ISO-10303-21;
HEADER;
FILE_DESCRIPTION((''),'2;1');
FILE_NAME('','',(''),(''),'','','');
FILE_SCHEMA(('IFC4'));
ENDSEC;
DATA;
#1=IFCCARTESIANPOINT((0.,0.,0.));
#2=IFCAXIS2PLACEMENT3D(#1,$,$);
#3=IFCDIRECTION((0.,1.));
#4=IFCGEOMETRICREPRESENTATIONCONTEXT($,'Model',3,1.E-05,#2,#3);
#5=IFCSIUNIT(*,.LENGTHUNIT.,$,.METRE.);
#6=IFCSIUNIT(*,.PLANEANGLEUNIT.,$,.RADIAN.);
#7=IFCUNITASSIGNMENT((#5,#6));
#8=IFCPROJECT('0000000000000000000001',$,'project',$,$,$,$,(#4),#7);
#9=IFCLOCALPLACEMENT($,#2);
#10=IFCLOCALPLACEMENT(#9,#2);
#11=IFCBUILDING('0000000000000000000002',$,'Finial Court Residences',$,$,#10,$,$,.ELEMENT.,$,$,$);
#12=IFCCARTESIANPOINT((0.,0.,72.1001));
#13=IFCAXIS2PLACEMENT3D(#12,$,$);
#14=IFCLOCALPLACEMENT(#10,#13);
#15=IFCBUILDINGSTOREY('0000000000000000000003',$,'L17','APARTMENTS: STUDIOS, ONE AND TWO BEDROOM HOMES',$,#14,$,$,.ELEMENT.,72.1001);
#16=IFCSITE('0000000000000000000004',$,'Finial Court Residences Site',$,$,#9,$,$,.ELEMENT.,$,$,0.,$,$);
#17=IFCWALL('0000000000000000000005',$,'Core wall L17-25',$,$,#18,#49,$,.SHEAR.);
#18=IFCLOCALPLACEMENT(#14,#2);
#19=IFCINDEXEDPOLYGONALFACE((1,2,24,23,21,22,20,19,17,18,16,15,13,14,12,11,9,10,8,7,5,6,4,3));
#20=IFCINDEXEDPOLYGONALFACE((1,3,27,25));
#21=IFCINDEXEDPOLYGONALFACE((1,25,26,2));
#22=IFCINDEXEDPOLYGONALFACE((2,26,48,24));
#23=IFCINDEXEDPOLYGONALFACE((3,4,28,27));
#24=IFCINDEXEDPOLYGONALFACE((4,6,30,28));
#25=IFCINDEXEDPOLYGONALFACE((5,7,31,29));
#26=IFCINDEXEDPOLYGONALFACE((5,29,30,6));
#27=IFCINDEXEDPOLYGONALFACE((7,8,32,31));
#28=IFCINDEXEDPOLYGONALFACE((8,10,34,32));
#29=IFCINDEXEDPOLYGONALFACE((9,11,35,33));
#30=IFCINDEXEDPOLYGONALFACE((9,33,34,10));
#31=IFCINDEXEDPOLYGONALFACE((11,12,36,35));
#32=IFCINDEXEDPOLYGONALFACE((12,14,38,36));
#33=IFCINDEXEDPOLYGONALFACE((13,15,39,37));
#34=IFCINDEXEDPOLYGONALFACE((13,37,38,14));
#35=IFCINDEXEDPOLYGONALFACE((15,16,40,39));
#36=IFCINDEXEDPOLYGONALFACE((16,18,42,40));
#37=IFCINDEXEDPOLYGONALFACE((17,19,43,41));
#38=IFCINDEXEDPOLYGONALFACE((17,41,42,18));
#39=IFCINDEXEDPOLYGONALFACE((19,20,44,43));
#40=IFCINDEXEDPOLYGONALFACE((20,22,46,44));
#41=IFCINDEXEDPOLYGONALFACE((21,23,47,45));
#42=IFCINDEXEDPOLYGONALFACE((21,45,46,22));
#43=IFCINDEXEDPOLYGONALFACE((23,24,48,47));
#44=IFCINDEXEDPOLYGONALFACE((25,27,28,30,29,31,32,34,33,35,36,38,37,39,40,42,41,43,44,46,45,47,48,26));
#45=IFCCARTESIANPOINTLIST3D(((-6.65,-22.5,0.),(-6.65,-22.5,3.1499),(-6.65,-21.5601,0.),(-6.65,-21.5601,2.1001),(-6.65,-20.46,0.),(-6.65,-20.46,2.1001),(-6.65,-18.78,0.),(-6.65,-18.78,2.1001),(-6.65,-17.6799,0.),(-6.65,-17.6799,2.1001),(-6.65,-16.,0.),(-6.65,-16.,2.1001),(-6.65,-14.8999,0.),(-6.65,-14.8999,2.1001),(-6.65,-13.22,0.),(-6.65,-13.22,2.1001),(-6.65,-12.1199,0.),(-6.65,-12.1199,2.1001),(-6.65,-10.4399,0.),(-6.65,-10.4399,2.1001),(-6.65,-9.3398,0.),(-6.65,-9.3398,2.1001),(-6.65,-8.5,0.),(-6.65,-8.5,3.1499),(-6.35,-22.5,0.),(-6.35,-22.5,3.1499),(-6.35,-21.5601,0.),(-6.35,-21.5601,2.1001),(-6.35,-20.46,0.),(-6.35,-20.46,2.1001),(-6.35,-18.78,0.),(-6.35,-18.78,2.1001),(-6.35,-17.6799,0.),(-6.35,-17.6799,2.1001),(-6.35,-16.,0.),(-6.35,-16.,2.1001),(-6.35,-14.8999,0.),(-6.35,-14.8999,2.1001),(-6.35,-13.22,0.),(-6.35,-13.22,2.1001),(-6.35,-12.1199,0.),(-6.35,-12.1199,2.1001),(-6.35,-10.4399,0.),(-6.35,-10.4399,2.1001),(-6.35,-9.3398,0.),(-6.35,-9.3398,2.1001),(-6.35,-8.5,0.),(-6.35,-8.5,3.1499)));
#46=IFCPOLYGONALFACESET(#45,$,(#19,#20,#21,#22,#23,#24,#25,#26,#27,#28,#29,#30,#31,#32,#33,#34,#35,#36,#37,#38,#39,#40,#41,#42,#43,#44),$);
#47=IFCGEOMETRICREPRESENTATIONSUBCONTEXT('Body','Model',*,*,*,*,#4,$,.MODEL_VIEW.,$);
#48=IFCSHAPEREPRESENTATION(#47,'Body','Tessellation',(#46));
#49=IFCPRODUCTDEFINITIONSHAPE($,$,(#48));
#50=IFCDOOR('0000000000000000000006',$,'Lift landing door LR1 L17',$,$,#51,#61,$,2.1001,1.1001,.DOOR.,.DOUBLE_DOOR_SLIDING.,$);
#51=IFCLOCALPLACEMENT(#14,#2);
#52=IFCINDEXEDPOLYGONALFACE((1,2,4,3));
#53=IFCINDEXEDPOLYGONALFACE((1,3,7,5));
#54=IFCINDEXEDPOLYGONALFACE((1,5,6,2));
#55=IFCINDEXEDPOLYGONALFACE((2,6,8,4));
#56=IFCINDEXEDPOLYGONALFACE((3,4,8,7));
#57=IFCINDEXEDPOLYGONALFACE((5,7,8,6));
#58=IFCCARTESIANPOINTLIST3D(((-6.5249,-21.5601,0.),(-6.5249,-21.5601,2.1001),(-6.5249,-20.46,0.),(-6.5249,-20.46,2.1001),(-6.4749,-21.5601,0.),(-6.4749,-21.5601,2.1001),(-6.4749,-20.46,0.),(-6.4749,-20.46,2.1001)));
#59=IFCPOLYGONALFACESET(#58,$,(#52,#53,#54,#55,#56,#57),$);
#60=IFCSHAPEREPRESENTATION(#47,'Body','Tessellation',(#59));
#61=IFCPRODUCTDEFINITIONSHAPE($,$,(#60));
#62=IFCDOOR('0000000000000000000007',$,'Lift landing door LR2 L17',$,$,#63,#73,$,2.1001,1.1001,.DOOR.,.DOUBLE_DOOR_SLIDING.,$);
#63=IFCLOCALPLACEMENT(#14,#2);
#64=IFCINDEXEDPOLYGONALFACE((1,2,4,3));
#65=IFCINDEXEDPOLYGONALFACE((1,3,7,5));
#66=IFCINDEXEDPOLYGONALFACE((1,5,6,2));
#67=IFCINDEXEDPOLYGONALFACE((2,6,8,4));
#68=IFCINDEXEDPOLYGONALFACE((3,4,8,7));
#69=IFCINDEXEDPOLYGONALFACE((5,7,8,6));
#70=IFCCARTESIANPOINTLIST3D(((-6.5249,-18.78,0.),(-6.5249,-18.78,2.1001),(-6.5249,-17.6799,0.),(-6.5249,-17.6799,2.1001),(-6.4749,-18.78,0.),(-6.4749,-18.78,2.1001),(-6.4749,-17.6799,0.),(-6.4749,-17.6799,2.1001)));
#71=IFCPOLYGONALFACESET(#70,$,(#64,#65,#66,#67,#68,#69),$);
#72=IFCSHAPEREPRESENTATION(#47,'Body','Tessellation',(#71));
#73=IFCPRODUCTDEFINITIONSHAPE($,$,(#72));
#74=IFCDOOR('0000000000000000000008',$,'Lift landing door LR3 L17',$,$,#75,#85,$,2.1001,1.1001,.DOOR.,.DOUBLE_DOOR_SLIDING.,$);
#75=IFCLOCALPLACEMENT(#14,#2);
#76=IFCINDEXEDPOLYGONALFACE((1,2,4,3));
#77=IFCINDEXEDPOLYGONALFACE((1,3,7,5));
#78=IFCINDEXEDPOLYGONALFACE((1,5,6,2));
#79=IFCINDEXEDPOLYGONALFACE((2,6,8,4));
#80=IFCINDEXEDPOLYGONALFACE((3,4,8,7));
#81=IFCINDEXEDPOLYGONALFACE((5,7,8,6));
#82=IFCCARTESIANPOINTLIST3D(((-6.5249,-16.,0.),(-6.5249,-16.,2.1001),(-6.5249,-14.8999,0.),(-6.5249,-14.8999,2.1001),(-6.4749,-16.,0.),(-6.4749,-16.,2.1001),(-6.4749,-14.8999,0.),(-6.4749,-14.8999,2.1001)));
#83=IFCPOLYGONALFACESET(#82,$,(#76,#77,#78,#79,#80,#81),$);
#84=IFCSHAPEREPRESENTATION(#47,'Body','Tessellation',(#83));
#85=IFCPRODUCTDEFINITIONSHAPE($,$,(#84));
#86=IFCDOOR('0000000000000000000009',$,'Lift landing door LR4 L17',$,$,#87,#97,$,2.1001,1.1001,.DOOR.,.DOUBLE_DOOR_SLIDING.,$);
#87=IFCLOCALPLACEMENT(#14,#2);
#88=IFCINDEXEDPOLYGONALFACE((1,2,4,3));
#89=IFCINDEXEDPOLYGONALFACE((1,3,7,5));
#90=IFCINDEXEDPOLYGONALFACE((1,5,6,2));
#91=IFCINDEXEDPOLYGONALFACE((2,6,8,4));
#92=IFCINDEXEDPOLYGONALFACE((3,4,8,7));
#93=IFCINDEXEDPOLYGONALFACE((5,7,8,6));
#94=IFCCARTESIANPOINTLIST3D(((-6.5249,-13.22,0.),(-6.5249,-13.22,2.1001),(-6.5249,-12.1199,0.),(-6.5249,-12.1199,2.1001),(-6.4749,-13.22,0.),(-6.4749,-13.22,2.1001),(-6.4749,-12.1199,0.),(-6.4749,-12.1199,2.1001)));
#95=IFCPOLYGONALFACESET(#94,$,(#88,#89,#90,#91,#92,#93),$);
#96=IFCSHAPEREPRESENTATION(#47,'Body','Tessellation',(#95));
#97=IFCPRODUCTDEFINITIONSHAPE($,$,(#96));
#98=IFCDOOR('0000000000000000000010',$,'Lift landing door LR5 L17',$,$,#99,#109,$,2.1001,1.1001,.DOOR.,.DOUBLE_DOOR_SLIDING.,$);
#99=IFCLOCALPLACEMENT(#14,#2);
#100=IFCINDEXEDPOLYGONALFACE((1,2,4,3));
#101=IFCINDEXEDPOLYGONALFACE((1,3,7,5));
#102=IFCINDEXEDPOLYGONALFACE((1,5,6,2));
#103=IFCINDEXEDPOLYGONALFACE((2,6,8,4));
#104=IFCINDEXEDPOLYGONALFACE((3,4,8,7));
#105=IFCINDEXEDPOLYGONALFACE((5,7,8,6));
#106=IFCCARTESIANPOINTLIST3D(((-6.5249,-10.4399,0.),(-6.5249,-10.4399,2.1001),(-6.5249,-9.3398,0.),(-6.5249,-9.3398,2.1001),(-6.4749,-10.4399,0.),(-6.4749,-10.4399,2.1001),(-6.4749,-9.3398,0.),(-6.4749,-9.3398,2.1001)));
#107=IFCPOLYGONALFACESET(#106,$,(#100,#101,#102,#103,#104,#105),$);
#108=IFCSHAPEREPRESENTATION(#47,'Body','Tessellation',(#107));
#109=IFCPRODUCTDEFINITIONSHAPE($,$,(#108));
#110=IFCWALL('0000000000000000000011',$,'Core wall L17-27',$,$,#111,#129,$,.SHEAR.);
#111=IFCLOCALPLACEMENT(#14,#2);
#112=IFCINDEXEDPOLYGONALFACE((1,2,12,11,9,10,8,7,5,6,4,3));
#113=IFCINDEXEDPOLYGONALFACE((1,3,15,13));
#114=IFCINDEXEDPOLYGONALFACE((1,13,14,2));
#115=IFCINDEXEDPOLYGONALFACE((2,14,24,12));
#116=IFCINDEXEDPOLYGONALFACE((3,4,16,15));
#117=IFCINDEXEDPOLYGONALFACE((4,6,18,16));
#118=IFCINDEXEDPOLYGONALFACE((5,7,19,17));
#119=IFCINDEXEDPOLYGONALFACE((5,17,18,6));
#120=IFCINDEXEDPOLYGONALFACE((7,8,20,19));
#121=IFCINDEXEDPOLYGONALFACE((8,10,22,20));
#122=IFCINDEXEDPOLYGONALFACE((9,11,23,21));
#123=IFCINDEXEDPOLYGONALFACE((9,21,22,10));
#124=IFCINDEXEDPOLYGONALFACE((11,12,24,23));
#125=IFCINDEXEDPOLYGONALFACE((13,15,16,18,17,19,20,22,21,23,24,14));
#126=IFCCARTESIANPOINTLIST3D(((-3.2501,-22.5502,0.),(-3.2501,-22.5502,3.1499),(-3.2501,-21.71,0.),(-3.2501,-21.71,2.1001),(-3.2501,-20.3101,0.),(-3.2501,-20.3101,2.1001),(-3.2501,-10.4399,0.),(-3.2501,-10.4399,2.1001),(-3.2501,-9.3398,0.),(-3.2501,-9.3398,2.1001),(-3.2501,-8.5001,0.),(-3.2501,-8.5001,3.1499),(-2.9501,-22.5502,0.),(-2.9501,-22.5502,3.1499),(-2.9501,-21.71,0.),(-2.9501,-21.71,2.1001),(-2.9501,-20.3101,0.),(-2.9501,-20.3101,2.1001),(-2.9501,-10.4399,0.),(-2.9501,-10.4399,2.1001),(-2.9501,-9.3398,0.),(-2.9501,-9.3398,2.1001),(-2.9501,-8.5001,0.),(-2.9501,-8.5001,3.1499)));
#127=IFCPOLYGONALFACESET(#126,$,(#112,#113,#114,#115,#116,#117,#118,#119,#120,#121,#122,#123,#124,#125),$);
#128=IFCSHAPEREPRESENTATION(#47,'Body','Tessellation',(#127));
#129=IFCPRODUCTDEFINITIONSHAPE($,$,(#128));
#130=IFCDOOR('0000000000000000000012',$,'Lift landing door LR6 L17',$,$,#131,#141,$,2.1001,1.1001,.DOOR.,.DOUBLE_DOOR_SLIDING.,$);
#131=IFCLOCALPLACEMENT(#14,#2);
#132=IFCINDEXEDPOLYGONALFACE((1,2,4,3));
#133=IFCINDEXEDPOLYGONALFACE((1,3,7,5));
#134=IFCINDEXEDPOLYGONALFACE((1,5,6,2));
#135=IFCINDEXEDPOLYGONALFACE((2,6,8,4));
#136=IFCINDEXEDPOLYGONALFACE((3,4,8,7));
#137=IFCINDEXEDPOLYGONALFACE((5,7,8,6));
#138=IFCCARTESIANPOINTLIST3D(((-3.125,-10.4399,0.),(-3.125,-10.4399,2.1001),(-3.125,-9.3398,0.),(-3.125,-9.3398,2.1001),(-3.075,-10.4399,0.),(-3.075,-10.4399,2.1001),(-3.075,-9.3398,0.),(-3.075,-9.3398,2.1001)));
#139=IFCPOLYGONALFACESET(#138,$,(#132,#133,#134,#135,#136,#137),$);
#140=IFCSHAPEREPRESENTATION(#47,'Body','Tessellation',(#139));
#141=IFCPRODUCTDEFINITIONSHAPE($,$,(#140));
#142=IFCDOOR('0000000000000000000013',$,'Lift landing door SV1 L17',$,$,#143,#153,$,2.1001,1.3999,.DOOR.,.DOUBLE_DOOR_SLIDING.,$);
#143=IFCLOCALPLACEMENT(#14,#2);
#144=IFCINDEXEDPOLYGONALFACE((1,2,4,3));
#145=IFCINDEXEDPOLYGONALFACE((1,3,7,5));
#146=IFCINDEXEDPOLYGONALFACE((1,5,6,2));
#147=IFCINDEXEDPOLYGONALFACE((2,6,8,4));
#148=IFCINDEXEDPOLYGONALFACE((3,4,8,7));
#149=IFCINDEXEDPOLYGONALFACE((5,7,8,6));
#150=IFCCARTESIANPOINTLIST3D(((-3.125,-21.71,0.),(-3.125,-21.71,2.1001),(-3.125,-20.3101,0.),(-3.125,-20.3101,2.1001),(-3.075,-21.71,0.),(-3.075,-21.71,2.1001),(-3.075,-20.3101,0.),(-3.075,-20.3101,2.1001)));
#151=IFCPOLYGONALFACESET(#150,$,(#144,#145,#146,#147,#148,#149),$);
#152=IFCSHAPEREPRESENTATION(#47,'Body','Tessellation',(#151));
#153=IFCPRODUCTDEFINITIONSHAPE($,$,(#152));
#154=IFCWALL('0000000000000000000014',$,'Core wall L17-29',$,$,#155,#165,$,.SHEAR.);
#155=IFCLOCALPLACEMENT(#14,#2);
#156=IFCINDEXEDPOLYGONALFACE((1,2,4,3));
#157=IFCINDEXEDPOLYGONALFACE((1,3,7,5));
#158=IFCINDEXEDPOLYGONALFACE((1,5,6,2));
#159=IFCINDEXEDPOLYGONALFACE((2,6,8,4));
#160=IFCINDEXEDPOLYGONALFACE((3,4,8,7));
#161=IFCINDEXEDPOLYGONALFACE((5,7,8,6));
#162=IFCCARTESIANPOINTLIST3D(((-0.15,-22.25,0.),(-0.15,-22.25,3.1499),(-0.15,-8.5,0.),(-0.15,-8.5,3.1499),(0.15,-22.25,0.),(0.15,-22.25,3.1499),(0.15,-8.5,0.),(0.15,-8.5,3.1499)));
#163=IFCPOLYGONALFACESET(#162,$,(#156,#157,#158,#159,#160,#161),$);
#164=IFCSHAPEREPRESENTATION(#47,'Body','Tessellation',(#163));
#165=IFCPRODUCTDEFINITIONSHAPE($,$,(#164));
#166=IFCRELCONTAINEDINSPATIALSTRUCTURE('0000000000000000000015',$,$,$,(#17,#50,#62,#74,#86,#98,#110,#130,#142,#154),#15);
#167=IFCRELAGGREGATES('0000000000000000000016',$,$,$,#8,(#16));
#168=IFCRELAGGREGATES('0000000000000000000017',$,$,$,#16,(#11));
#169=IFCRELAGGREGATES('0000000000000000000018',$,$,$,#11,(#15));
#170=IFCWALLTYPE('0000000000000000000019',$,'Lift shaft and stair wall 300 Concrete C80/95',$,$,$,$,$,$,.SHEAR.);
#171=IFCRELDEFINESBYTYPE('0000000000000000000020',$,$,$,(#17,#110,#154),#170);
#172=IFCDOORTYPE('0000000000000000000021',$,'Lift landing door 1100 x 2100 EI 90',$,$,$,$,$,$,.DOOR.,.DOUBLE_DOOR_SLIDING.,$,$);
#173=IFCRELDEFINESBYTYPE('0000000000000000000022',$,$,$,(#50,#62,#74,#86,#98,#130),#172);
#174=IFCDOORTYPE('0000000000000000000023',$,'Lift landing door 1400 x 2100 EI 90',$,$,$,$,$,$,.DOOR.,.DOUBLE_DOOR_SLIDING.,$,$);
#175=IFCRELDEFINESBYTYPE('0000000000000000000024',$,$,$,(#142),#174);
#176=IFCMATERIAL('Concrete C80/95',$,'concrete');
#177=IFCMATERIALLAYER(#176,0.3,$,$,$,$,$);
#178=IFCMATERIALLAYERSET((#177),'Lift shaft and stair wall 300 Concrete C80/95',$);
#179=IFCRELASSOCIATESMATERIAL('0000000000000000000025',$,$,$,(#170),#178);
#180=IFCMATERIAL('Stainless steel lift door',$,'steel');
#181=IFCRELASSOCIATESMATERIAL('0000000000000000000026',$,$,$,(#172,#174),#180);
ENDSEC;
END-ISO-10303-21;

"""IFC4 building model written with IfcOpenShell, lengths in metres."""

from ifc_helpers import new_model, si_unit, direction, frame, frame_2d, origin, place, context, subcontext, project, spatial, rectangle, extrude, material, layer, layer_set, type_object, element, fill, save


model = new_model("IFC4")

# Units and contexts
model_context = context("Model", 3, precision=1e-05, world=origin(), true_north=direction((0.0, 1.0)))
body_context = subcontext(model_context, "Body", "Model", "MODEL_VIEW")
ifc_project = project(units=[si_unit("LENGTHUNIT", "METRE"), si_unit("PLANEANGLEUNIT", "RADIAN")], contexts=[model_context])

# Site, building, storey
site_placement = place(None, origin())
site = spatial("IfcSite", under=ifc_project, at=site_placement, Name="Finial Court Residences Site", CompositionType="ELEMENT", RefElevation=0.0)
building_placement = place(site_placement, origin())
building = spatial("IfcBuilding", under=site, at=building_placement, Name="Finial Court Residences", CompositionType="ELEMENT")
storey_placement = place(building_placement, frame((0.0, 0.0, 72.1001)))
storey = spatial("IfcBuildingStorey", under=building, at=storey_placement, Name="L17", Description="APARTMENTS: STUDIOS, ONE AND TWO BEDROOM HOMES", CompositionType="ELEMENT", Elevation=72.1001)

# Shared definitions
ifc_material_1 = material(Name="Concrete C80/95", Category="concrete")
ifc_layer_1 = layer(ifc_material_1, 0.3)
ifc_layer_set_1 = layer_set([ifc_layer_1], Name="Lift shaft and stair wall 300 Concrete C80/95")
wall_type_1 = type_object("IfcWallType", Name="Lift shaft and stair wall 300 Concrete C80/95", PredefinedType="SHEAR", material=ifc_layer_set_1)

# Walls, openings, doors
wall_1_placement = place(storey_placement, frame((-6.5, -22.5, 0.0), z_axis=(0.0, 0.0, 1.0), x_axis=(0.0, 1.0, 0.0)))
wall_1 = element("IfcWall", 1, at=wall_1_placement, inside=storey, type_object=wall_type_1, Name="Core wall L17-25", PredefinedType="SHEAR", context=body_context, shape_type="SweptSolid", body=[
    extrude(rectangle(XDim=14.0, YDim=0.3, at=frame_2d((7.0, 0.0))), origin(), (0.0, 0.0, 1.0), 3.1499),
])
opening_1_placement = place(wall_1_placement, frame((0.9399, 0.0, 0.0)))
opening_1 = element("IfcOpeningElement", 2, at=opening_1_placement, cuts=wall_1, PredefinedType="OPENING", context=body_context, shape_type="SweptSolid", body=[
    extrude(rectangle(XDim=1.1001, YDim=2.1001, at=frame_2d((0.55, 1.05))), frame((0.0, 0.1599, 0.0), z_axis=(0.0, -1.0, 0.0), x_axis=(1.0, 0.0, 0.0)), (0.0, 0.0, 1.0), 0.3201),
])
opening_2_placement = place(wall_1_placement, frame((3.72, 0.0, 0.0)))
opening_2 = element("IfcOpeningElement", 3, at=opening_2_placement, cuts=wall_1, PredefinedType="OPENING", context=body_context, shape_type="SweptSolid", body=[
    extrude(rectangle(XDim=1.1001, YDim=2.1001, at=frame_2d((0.55, 1.05))), frame((0.0, 0.1599, 0.0), z_axis=(0.0, -1.0, 0.0), x_axis=(1.0, 0.0, 0.0)), (0.0, 0.0, 1.0), 0.3201),
])
opening_3_placement = place(wall_1_placement, frame((6.5, 0.0, 0.0)))
opening_3 = element("IfcOpeningElement", 4, at=opening_3_placement, cuts=wall_1, PredefinedType="OPENING", context=body_context, shape_type="SweptSolid", body=[
    extrude(rectangle(XDim=1.1001, YDim=2.1001, at=frame_2d((0.55, 1.05))), frame((0.0, 0.1599, 0.0), z_axis=(0.0, -1.0, 0.0), x_axis=(1.0, 0.0, 0.0)), (0.0, 0.0, 1.0), 0.3201),
])
opening_4_placement = place(wall_1_placement, frame((9.28, 0.0, 0.0)))
opening_4 = element("IfcOpeningElement", 5, at=opening_4_placement, cuts=wall_1, PredefinedType="OPENING", context=body_context, shape_type="SweptSolid", body=[
    extrude(rectangle(XDim=1.1001, YDim=2.1001, at=frame_2d((0.55, 1.05))), frame((0.0, 0.1599, 0.0), z_axis=(0.0, -1.0, 0.0), x_axis=(1.0, 0.0, 0.0)), (0.0, 0.0, 1.0), 0.3201),
])
opening_5_placement = place(wall_1_placement, frame((12.0601, 0.0, 0.0)))
opening_5 = element("IfcOpeningElement", 6, at=opening_5_placement, cuts=wall_1, PredefinedType="OPENING", context=body_context, shape_type="SweptSolid", body=[
    extrude(rectangle(XDim=1.1001, YDim=2.1001, at=frame_2d((0.55, 1.05))), frame((0.0, 0.1599, 0.0), z_axis=(0.0, -1.0, 0.0), x_axis=(1.0, 0.0, 0.0)), (0.0, 0.0, 1.0), 0.3201),
])
ifc_material_2 = material(Name="Stainless steel lift door", Category="steel")
door_type_1 = type_object("IfcDoorType", Name="Lift landing door 1100 x 2100 EI 90", OperationType="DOUBLE_DOOR_SLIDING", PredefinedType="DOOR", material=ifc_material_2)
door_1_placement = place(opening_1_placement, origin())
door_1 = element("IfcDoor", 7, at=door_1_placement, inside=storey, type_object=door_type_1, Name="Lift landing door LR1 L17", OperationType="DOUBLE_DOOR_SLIDING", OverallHeight=2.1001, OverallWidth=1.1001, PredefinedType="DOOR", context=body_context, shape_type="SweptSolid", body=[
    extrude(rectangle(XDim=1.1001, YDim=2.1001, at=frame_2d((0.55, 1.05))), frame((0.0, 0.0249, 0.0), z_axis=(0.0, -1.0, 0.0), x_axis=(1.0, 0.0, 0.0)), (0.0, 0.0, 1.0), 0.05),
])
fill(opening_1, door_1)
door_2_placement = place(opening_2_placement, origin())
door_2 = element("IfcDoor", 8, at=door_2_placement, inside=storey, type_object=door_type_1, Name="Lift landing door LR2 L17", OperationType="DOUBLE_DOOR_SLIDING", OverallHeight=2.1001, OverallWidth=1.1001, PredefinedType="DOOR", context=body_context, shape_type="SweptSolid", body=[
    extrude(rectangle(XDim=1.1001, YDim=2.1001, at=frame_2d((0.55, 1.05))), frame((0.0, 0.0249, 0.0), z_axis=(0.0, -1.0, 0.0), x_axis=(1.0, 0.0, 0.0)), (0.0, 0.0, 1.0), 0.05),
])
fill(opening_2, door_2)
door_3_placement = place(opening_3_placement, origin())
door_3 = element("IfcDoor", 9, at=door_3_placement, inside=storey, type_object=door_type_1, Name="Lift landing door LR3 L17", OperationType="DOUBLE_DOOR_SLIDING", OverallHeight=2.1001, OverallWidth=1.1001, PredefinedType="DOOR", context=body_context, shape_type="SweptSolid", body=[
    extrude(rectangle(XDim=1.1001, YDim=2.1001, at=frame_2d((0.55, 1.05))), frame((0.0, 0.0249, 0.0), z_axis=(0.0, -1.0, 0.0), x_axis=(1.0, 0.0, 0.0)), (0.0, 0.0, 1.0), 0.05),
])
fill(opening_3, door_3)
door_4_placement = place(opening_4_placement, origin())
door_4 = element("IfcDoor", 10, at=door_4_placement, inside=storey, type_object=door_type_1, Name="Lift landing door LR4 L17", OperationType="DOUBLE_DOOR_SLIDING", OverallHeight=2.1001, OverallWidth=1.1001, PredefinedType="DOOR", context=body_context, shape_type="SweptSolid", body=[
    extrude(rectangle(XDim=1.1001, YDim=2.1001, at=frame_2d((0.55, 1.05))), frame((0.0, 0.0249, 0.0), z_axis=(0.0, -1.0, 0.0), x_axis=(1.0, 0.0, 0.0)), (0.0, 0.0, 1.0), 0.05),
])
fill(opening_4, door_4)
door_5_placement = place(opening_5_placement, origin())
door_5 = element("IfcDoor", 11, at=door_5_placement, inside=storey, type_object=door_type_1, Name="Lift landing door LR5 L17", OperationType="DOUBLE_DOOR_SLIDING", OverallHeight=2.1001, OverallWidth=1.1001, PredefinedType="DOOR", context=body_context, shape_type="SweptSolid", body=[
    extrude(rectangle(XDim=1.1001, YDim=2.1001, at=frame_2d((0.55, 1.05))), frame((0.0, 0.0249, 0.0), z_axis=(0.0, -1.0, 0.0), x_axis=(1.0, 0.0, 0.0)), (0.0, 0.0, 1.0), 0.05),
])
fill(opening_5, door_5)
wall_2_placement = place(storey_placement, frame((-3.1001, -22.55, 0.0), z_axis=(0.0, 0.0, 1.0), x_axis=(0.0, 1.0, 0.0)))
wall_2 = element("IfcWall", 12, at=wall_2_placement, inside=storey, type_object=wall_type_1, Name="Core wall L17-27", PredefinedType="SHEAR", context=body_context, shape_type="SweptSolid", body=[
    extrude(rectangle(XDim=14.05, YDim=0.3, at=frame_2d((7.0249, 0.0))), origin(), (0.0, 0.0, 1.0), 3.1499),
])
opening_6_placement = place(wall_2_placement, frame((12.1101, 0.0, 0.0)))
opening_6 = element("IfcOpeningElement", 13, at=opening_6_placement, cuts=wall_2, PredefinedType="OPENING", context=body_context, shape_type="SweptSolid", body=[
    extrude(rectangle(XDim=1.1001, YDim=2.1001, at=frame_2d((0.55, 1.05))), frame((0.0, 0.1599, 0.0), z_axis=(0.0, -1.0, 0.0), x_axis=(1.0, 0.0, 0.0)), (0.0, 0.0, 1.0), 0.3201),
])
opening_7_placement = place(wall_2_placement, frame((0.8401, 0.0, 0.0)))
opening_7 = element("IfcOpeningElement", 14, at=opening_7_placement, cuts=wall_2, PredefinedType="OPENING", context=body_context, shape_type="SweptSolid", body=[
    extrude(rectangle(XDim=1.3999, YDim=2.1001, at=frame_2d((0.7, 1.05))), frame((0.0, 0.1599, 0.0), z_axis=(0.0, -1.0, 0.0), x_axis=(1.0, 0.0, 0.0)), (0.0, 0.0, 1.0), 0.3201),
])
door_6_placement = place(opening_6_placement, origin())
door_6 = element("IfcDoor", 15, at=door_6_placement, inside=storey, type_object=door_type_1, Name="Lift landing door LR6 L17", OperationType="DOUBLE_DOOR_SLIDING", OverallHeight=2.1001, OverallWidth=1.1001, PredefinedType="DOOR", context=body_context, shape_type="SweptSolid", body=[
    extrude(rectangle(XDim=1.1001, YDim=2.1001, at=frame_2d((0.55, 1.05))), frame((0.0, 0.0249, 0.0), z_axis=(0.0, -1.0, 0.0), x_axis=(1.0, 0.0, 0.0)), (0.0, 0.0, 1.0), 0.05),
])
fill(opening_6, door_6)
door_type_2 = type_object("IfcDoorType", Name="Lift landing door 1400 x 2100 EI 90", OperationType="DOUBLE_DOOR_SLIDING", PredefinedType="DOOR", material=ifc_material_2)
door_7_placement = place(opening_7_placement, origin())
door_7 = element("IfcDoor", 16, at=door_7_placement, inside=storey, type_object=door_type_2, Name="Lift landing door SV1 L17", OperationType="DOUBLE_DOOR_SLIDING", OverallHeight=2.1001, OverallWidth=1.3999, PredefinedType="DOOR", context=body_context, shape_type="SweptSolid", body=[
    extrude(rectangle(XDim=1.3999, YDim=2.1001, at=frame_2d((0.7, 1.05))), frame((0.0, 0.0249, 0.0), z_axis=(0.0, -1.0, 0.0), x_axis=(1.0, 0.0, 0.0)), (0.0, 0.0, 1.0), 0.05),
])
fill(opening_7, door_7)

# Wall
wall_3_placement = place(storey_placement, frame((0.0, -22.25, 0.0), z_axis=(0.0, 0.0, 1.0), x_axis=(0.0, 1.0, 0.0)))
element("IfcWall", 17, at=wall_3_placement, inside=storey, type_object=wall_type_1, Name="Core wall L17-29", PredefinedType="SHEAR", context=body_context, shape_type="SweptSolid", body=[
    extrude(rectangle(XDim=13.75, YDim=0.3, at=frame_2d((6.875, 0.0))), origin(), (0.0, 0.0, 1.0), 3.1499),
])

save(model, "model.ifc")
